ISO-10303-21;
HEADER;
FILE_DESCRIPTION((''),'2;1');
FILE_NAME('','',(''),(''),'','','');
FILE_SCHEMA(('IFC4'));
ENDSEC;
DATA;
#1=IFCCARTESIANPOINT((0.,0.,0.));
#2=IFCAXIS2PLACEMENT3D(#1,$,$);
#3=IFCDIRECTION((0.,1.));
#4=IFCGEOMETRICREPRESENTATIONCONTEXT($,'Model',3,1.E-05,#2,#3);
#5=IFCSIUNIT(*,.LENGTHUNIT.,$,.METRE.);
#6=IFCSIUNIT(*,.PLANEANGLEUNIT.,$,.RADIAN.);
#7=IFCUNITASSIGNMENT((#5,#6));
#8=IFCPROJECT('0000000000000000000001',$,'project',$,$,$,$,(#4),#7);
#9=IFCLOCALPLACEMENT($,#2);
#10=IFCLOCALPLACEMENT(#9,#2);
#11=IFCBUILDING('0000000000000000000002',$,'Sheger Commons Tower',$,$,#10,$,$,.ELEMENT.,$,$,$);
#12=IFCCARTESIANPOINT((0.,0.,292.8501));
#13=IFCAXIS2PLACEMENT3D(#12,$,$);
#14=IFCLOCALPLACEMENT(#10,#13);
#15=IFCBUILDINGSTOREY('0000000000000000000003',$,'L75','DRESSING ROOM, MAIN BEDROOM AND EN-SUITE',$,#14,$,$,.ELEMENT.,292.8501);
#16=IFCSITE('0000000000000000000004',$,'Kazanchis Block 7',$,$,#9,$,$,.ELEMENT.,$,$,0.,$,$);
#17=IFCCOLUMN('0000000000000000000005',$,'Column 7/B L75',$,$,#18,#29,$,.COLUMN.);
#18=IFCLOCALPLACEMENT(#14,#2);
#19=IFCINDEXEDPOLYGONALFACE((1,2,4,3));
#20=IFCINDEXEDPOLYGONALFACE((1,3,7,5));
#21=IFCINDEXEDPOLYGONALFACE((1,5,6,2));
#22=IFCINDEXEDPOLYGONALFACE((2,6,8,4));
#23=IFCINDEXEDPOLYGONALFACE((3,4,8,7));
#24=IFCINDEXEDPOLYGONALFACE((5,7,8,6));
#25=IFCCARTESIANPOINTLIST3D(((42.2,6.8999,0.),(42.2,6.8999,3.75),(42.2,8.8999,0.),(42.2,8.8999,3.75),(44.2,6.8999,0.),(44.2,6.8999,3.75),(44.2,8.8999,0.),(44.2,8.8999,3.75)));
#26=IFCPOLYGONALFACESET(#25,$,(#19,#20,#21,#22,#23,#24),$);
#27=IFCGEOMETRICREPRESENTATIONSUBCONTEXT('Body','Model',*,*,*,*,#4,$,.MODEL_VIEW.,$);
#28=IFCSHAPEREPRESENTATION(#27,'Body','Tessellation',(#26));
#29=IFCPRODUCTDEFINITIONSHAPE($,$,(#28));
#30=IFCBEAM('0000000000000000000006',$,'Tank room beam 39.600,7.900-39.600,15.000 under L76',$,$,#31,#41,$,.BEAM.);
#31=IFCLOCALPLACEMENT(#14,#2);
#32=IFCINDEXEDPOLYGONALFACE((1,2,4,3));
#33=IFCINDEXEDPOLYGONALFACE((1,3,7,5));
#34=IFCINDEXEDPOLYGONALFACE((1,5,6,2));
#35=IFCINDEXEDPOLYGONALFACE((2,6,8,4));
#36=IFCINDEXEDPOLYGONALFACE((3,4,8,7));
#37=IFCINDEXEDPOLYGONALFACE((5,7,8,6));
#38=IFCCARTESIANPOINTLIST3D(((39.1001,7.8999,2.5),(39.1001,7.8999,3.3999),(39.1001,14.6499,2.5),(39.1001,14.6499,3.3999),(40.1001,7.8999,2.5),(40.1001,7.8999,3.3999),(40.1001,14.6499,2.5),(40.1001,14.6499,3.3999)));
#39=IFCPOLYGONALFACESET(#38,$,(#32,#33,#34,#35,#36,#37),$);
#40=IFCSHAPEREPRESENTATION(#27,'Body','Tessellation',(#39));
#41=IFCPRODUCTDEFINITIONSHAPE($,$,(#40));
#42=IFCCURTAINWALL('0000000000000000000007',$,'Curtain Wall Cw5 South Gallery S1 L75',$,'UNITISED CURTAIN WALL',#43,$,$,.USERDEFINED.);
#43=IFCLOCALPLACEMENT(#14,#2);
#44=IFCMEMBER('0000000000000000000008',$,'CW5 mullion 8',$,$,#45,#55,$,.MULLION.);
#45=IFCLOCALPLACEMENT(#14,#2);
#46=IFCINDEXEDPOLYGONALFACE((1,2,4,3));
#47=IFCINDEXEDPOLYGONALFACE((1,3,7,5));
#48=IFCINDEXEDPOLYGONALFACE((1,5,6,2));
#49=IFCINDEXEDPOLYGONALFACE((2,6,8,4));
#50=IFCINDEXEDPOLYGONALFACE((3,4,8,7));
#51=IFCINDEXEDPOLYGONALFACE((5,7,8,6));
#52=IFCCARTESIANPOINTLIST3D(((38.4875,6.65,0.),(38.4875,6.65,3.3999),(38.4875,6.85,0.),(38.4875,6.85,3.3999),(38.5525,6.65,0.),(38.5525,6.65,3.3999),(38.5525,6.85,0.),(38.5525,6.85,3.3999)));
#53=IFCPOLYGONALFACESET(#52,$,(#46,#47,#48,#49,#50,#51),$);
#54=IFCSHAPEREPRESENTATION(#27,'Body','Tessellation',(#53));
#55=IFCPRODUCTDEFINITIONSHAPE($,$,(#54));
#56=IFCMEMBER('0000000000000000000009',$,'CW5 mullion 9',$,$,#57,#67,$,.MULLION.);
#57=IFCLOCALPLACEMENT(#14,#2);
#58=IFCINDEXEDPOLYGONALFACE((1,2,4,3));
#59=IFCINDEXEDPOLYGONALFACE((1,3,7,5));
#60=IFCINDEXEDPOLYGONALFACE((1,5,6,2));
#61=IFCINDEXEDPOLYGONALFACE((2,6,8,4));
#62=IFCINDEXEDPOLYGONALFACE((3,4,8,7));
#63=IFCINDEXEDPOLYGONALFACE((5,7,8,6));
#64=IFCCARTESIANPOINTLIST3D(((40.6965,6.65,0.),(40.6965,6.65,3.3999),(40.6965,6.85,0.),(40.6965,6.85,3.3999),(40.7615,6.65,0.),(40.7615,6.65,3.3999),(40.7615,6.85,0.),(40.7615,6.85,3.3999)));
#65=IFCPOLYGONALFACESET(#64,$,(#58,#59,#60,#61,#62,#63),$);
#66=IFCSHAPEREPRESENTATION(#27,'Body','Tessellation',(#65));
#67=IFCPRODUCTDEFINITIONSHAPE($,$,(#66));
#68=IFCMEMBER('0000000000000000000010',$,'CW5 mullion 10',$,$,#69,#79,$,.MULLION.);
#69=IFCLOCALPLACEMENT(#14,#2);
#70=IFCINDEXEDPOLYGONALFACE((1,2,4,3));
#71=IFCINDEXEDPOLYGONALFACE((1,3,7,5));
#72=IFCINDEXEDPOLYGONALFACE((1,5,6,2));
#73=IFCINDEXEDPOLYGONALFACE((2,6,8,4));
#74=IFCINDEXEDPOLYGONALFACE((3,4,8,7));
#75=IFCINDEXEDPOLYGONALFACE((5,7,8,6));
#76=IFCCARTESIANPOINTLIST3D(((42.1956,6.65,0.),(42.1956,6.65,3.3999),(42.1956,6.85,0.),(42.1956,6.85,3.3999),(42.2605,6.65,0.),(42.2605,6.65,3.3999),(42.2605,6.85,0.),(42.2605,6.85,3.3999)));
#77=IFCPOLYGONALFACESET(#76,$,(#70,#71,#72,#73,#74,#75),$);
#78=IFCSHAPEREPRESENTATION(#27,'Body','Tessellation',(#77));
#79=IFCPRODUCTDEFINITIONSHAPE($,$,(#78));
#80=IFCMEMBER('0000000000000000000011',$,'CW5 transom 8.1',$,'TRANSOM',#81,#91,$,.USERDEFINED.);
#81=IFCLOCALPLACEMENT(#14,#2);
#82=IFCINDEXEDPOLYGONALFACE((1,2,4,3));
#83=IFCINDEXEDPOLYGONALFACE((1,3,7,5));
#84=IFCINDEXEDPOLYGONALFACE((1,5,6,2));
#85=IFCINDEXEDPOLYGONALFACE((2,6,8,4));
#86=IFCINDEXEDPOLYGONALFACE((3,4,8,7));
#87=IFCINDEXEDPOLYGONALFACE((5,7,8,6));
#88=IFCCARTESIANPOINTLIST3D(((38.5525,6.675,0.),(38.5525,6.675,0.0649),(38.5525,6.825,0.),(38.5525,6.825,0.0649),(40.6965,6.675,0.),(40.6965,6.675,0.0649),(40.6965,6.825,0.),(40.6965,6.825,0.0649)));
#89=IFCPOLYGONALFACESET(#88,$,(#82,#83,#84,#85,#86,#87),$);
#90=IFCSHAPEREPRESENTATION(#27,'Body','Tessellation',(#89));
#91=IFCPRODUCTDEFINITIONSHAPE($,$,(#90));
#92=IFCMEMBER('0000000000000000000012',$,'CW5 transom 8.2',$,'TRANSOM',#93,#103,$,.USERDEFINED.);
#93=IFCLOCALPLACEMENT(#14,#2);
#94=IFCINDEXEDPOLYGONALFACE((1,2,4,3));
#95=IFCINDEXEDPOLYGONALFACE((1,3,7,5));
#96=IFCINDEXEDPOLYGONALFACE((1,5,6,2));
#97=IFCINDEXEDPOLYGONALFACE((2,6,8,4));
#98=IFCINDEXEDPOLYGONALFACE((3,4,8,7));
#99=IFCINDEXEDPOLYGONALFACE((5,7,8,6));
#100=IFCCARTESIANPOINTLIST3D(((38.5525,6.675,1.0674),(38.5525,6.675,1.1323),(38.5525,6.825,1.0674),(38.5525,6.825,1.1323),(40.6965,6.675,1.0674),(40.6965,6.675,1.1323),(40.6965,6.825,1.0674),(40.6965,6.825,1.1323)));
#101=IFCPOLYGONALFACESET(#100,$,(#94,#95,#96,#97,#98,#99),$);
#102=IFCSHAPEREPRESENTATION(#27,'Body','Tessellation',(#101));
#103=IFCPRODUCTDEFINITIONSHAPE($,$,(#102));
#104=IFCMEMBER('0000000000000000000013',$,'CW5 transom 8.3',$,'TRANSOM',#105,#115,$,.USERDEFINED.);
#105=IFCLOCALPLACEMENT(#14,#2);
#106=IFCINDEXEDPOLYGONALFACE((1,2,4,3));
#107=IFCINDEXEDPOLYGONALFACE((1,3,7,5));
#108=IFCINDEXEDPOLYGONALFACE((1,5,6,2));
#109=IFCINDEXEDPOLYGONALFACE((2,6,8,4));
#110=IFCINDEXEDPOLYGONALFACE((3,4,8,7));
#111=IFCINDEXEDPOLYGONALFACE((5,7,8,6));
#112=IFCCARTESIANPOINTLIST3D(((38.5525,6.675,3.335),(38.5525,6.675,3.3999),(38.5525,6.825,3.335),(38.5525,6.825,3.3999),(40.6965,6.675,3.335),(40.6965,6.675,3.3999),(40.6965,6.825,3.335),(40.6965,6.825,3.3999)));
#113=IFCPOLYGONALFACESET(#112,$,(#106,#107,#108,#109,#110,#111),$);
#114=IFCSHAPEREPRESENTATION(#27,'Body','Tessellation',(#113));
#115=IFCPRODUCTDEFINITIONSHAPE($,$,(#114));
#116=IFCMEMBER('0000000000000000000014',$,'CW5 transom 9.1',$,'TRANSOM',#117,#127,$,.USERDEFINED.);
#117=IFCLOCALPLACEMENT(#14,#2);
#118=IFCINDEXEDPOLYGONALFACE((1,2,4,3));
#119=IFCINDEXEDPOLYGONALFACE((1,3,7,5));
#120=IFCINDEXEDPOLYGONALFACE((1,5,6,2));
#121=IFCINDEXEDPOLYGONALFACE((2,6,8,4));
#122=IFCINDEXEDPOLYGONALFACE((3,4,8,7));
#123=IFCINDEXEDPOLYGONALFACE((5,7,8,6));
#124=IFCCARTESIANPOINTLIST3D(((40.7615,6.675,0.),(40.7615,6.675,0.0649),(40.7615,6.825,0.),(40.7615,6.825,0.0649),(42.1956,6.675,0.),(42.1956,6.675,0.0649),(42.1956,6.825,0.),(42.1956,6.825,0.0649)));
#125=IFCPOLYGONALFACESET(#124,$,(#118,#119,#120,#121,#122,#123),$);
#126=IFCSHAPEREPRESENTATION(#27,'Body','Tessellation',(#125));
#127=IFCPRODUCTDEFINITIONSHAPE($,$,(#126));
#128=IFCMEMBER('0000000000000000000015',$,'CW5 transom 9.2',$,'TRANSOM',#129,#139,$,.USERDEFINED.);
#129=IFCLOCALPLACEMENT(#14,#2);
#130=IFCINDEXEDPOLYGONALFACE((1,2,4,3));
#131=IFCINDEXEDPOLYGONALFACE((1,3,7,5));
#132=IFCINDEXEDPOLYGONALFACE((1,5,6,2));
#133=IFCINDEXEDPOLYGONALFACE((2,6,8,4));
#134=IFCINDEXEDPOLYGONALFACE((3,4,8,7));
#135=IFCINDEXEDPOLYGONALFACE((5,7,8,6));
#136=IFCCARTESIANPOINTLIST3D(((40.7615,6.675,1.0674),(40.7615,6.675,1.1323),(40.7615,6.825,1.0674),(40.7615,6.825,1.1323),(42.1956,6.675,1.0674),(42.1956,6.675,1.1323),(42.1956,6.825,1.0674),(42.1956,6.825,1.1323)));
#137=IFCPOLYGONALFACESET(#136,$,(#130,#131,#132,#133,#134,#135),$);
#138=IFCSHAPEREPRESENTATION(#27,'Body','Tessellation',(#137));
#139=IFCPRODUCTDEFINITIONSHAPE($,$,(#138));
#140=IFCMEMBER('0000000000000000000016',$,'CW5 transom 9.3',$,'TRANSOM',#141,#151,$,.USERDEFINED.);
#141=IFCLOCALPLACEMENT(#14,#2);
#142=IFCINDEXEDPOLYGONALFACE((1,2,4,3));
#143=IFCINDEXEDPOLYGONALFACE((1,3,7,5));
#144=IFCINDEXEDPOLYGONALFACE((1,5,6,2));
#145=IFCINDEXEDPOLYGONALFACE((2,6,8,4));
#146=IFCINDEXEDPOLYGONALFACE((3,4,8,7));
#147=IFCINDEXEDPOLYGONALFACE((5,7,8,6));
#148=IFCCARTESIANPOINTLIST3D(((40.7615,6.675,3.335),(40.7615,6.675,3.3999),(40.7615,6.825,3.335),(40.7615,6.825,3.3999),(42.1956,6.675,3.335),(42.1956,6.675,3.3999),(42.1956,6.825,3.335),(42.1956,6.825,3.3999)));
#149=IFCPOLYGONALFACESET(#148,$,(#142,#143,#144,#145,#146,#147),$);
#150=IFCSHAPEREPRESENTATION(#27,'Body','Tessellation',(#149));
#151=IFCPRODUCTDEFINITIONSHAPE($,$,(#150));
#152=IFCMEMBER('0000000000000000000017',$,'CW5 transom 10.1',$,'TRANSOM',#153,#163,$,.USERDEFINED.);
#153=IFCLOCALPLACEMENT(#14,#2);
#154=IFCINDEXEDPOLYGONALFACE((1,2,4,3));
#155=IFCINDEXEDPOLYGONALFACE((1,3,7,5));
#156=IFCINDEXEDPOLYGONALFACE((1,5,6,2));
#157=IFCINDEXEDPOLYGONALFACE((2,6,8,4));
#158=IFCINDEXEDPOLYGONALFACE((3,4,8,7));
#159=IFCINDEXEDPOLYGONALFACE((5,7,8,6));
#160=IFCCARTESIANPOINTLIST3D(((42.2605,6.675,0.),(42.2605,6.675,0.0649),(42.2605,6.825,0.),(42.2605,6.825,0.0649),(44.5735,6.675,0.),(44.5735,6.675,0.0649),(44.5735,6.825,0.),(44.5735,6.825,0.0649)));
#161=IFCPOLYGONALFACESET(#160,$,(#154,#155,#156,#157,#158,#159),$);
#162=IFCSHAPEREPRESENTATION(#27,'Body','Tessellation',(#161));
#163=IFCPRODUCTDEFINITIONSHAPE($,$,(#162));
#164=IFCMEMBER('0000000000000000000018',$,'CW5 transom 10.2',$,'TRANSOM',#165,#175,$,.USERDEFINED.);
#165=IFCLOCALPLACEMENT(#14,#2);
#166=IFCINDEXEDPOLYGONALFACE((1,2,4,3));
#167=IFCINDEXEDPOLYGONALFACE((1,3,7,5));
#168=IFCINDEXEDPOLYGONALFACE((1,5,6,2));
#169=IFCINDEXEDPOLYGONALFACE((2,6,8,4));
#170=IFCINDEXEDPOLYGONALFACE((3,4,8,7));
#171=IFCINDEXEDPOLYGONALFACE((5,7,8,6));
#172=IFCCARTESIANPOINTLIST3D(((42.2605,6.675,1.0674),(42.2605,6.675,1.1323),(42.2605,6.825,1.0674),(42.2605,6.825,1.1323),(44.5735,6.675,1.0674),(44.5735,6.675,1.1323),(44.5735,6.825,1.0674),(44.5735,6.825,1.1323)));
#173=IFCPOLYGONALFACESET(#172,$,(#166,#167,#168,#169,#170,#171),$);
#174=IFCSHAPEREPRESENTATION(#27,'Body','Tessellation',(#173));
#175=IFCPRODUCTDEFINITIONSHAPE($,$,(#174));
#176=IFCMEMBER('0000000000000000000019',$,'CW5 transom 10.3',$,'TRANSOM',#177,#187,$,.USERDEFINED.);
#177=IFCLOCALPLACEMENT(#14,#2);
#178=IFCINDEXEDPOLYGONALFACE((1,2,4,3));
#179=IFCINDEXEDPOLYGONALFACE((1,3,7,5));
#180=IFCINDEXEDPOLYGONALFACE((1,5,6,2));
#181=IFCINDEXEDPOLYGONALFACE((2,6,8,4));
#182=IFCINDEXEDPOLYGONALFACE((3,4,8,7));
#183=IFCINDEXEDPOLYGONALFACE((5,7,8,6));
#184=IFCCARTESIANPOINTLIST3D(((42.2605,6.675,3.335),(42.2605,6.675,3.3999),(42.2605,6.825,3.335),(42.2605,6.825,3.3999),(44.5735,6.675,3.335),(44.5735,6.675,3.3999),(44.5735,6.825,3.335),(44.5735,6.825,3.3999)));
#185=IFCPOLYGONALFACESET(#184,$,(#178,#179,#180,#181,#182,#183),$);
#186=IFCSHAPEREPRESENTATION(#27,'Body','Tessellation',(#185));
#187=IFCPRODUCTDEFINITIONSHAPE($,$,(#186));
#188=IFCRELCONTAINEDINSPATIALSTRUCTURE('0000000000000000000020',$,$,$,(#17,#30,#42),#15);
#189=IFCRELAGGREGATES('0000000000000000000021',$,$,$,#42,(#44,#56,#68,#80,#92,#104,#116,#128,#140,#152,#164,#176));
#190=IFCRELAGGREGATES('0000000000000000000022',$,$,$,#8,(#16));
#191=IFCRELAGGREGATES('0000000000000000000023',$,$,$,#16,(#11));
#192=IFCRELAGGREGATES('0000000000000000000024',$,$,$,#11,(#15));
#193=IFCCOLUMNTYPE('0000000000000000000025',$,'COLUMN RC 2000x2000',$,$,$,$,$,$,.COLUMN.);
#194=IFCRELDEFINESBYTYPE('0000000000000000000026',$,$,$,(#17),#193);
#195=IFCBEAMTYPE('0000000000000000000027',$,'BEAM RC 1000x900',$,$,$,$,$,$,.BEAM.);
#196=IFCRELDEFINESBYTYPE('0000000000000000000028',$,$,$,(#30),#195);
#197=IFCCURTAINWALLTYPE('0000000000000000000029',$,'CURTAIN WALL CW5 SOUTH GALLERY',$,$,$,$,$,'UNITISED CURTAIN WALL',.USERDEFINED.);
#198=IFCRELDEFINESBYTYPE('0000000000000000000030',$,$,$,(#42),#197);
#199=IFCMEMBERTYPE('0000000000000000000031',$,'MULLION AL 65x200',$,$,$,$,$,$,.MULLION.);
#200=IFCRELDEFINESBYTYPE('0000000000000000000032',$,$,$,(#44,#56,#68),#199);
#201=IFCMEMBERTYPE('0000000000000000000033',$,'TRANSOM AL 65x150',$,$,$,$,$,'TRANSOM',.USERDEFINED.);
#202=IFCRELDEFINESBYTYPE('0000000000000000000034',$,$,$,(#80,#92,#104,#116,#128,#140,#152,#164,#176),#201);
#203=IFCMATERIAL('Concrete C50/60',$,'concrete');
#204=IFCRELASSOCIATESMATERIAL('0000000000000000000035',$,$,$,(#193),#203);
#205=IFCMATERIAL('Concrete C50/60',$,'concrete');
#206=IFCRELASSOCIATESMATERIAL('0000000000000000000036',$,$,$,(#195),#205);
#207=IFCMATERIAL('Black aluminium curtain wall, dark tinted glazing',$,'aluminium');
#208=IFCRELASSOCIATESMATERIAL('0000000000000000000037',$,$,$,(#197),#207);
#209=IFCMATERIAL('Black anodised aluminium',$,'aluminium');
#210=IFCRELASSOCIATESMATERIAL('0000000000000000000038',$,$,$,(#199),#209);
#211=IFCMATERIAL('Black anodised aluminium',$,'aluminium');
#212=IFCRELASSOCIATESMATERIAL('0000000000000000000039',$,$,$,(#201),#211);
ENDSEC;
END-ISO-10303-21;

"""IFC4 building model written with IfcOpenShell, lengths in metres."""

from ifc_helpers import new_model, si_unit, direction, frame, origin, origin_2d, place, context, subcontext, project, spatial, rectangle, extrude, material, material_profile, profile_set, type_object, element, aggregate, save


model = new_model("IFC4")

# Units and contexts
model_context = context("Model", 3, precision=1e-05, world=origin(), true_north=direction((0.0, 1.0)))
body_context = subcontext(model_context, "Body", "Model", "MODEL_VIEW")
ifc_project = project(units=[si_unit("LENGTHUNIT", "METRE"), si_unit("PLANEANGLEUNIT", "RADIAN")], contexts=[model_context])

# Site, building, storey
site_placement = place(None, origin())
site = spatial("IfcSite", under=ifc_project, at=site_placement, Name="Kazanchis Block 7", CompositionType="ELEMENT", RefElevation=0.0)
building_placement = place(site_placement, origin())
building = spatial("IfcBuilding", under=site, at=building_placement, Name="Sheger Commons Tower", CompositionType="ELEMENT")
storey_placement = place(building_placement, frame((0.0, 0.0, 292.8501)))
storey = spatial("IfcBuildingStorey", under=building, at=storey_placement, Name="L75", Description="DRESSING ROOM, MAIN BEDROOM AND EN-SUITE", CompositionType="ELEMENT", Elevation=292.8501)

# Column
ifc_material_1 = material(Name="Concrete C50/60", Category="concrete")
ifc_material_profile_1 = material_profile(ifc_material_1, rectangle(XDim=2.0, YDim=2.0, at=origin_2d()), Name="RC 2000x2000")
ifc_profile_set_1 = profile_set([ifc_material_profile_1], Name="Concrete C50/60")
column_type = type_object("IfcColumnType", Name="COLUMN RC 2000x2000", PredefinedType="COLUMN", material=ifc_profile_set_1)
column_placement = place(storey_placement, frame((43.2, 7.8999, 0.0), z_axis=(0.0, 0.0, 1.0), x_axis=(1.0, 0.0, 0.0)))
element("IfcColumn", 1, at=column_placement, inside=storey, type_object=column_type, Name="Column 7/B L75", PredefinedType="COLUMN", context=body_context, shape_type="SweptSolid", body=[
    extrude(rectangle(XDim=2.0, YDim=2.0, at=origin_2d()), origin(), (0.0, 0.0, 1.0), 3.75),
])

# Beam
ifc_material_2 = material(Name="Concrete C50/60", Category="concrete")
ifc_material_profile_2 = material_profile(ifc_material_2, rectangle(XDim=1.0, YDim=0.8999, at=origin_2d()), Name="RC 1000x900")
ifc_profile_set_2 = profile_set([ifc_material_profile_2], Name="Concrete C50/60")
beam_type = type_object("IfcBeamType", Name="BEAM RC 1000x900", PredefinedType="BEAM", material=ifc_profile_set_2)
beam_placement = place(storey_placement, frame((39.6001, 7.8999, 2.95), z_axis=(0.0, 1.0, 0.0), x_axis=(-1.0, 0.0, 0.0)))
element("IfcBeam", 2, at=beam_placement, inside=storey, type_object=beam_type, Name="Tank room beam 39.600,7.900-39.600,15.000 under L76", PredefinedType="BEAM", context=body_context, shape_type="SweptSolid", body=[
    extrude(rectangle(XDim=1.0, YDim=0.8999, at=origin_2d()), origin(), (0.0, 0.0, 1.0), 6.75),
])

# Curtain wall, members
ifc_material_3 = material(Name="Black aluminium curtain wall, dark tinted glazing", Category="aluminium")
curtain_wall_type = type_object("IfcCurtainWallType", Name="CURTAIN WALL CW5 SOUTH GALLERY", ElementType="UNITISED CURTAIN WALL", PredefinedType="USERDEFINED", material=ifc_material_3)
curtain_wall_placement = place(storey_placement, origin())
curtain_wall = element("IfcCurtainWall", 3, at=curtain_wall_placement, inside=storey, type_object=curtain_wall_type, Name="Curtain Wall Cw5 South Gallery S1 L75", ObjectType="UNITISED CURTAIN WALL", PredefinedType="USERDEFINED")
ifc_material_4 = material(Name="Black anodised aluminium", Category="aluminium")
ifc_material_profile_3 = material_profile(ifc_material_4, rectangle(XDim=0.2, YDim=0.0649, at=origin_2d()), Name="AL 65x200")
ifc_profile_set_3 = profile_set([ifc_material_profile_3], Name="Black anodised aluminium")
member_type_1 = type_object("IfcMemberType", Name="MULLION AL 65x200", PredefinedType="MULLION", material=ifc_profile_set_3)
member_1_placement = place(storey_placement, frame((38.52, 6.75, 0.0), z_axis=(0.0, 0.0, 1.0), x_axis=(0.0, 1.0, 0.0)))
member_1 = element("IfcMember", 4, at=member_1_placement, type_object=member_type_1, Name="CW5 mullion 8", PredefinedType="MULLION", context=body_context, shape_type="SweptSolid", body=[
    extrude(rectangle(XDim=0.2, YDim=0.0649, at=origin_2d()), origin(), (0.0, 0.0, 1.0), 3.3999),
])
member_2_placement = place(storey_placement, frame((40.729, 6.75, 0.0), z_axis=(0.0, 0.0, 1.0), x_axis=(0.0, 1.0, 0.0)))
member_2 = element("IfcMember", 5, at=member_2_placement, type_object=member_type_1, Name="CW5 mullion 9", PredefinedType="MULLION", context=body_context, shape_type="SweptSolid", body=[
    extrude(rectangle(XDim=0.2, YDim=0.0649, at=origin_2d()), origin(), (0.0, 0.0, 1.0), 3.3999),
])
member_3_placement = place(storey_placement, frame((42.228, 6.75, 0.0), z_axis=(0.0, 0.0, 1.0), x_axis=(0.0, 1.0, 0.0)))
member_3 = element("IfcMember", 6, at=member_3_placement, type_object=member_type_1, Name="CW5 mullion 10", PredefinedType="MULLION", context=body_context, shape_type="SweptSolid", body=[
    extrude(rectangle(XDim=0.2, YDim=0.0649, at=origin_2d()), origin(), (0.0, 0.0, 1.0), 3.3999),
])
ifc_material_5 = material(Name="Black anodised aluminium", Category="aluminium")
ifc_material_profile_4 = material_profile(ifc_material_5, rectangle(XDim=0.1499, YDim=0.0649, at=origin_2d()), Name="AL 65x150")
ifc_profile_set_4 = profile_set([ifc_material_profile_4], Name="Black anodised aluminium")
member_type_2 = type_object("IfcMemberType", Name="TRANSOM AL 65x150", ElementType="TRANSOM", PredefinedType="USERDEFINED", material=ifc_profile_set_4)
member_4_placement = place(storey_placement, frame((38.5525, 6.75, 0.0325), z_axis=(1.0, 0.0, 0.0), x_axis=(0.0, 1.0, 0.0)))
member_4 = element("IfcMember", 7, at=member_4_placement, type_object=member_type_2, Name="CW5 transom 8.1", ObjectType="TRANSOM", PredefinedType="USERDEFINED", context=body_context, shape_type="SweptSolid", body=[
    extrude(rectangle(XDim=0.1499, YDim=0.0649, at=origin_2d()), origin(), (0.0, 0.0, 1.0), 2.144),
])
member_5_placement = place(storey_placement, frame((38.5525, 6.75, 1.0999), z_axis=(1.0, 0.0, 0.0), x_axis=(0.0, 1.0, 0.0)))
member_5 = element("IfcMember", 8, at=member_5_placement, type_object=member_type_2, Name="CW5 transom 8.2", ObjectType="TRANSOM", PredefinedType="USERDEFINED", context=body_context, shape_type="SweptSolid", body=[
    extrude(rectangle(XDim=0.1499, YDim=0.0649, at=origin_2d()), origin(), (0.0, 0.0, 1.0), 2.144),
])
member_6_placement = place(storey_placement, frame((38.5525, 6.75, 3.3674), z_axis=(1.0, 0.0, 0.0), x_axis=(0.0, 1.0, 0.0)))
member_6 = element("IfcMember", 9, at=member_6_placement, type_object=member_type_2, Name="CW5 transom 8.3", ObjectType="TRANSOM", PredefinedType="USERDEFINED", context=body_context, shape_type="SweptSolid", body=[
    extrude(rectangle(XDim=0.1499, YDim=0.0649, at=origin_2d()), origin(), (0.0, 0.0, 1.0), 2.144),
])
member_7_placement = place(storey_placement, frame((40.7615, 6.75, 0.0325), z_axis=(1.0, 0.0, 0.0), x_axis=(0.0, 1.0, 0.0)))
member_7 = element("IfcMember", 10, at=member_7_placement, type_object=member_type_2, Name="CW5 transom 9.1", ObjectType="TRANSOM", PredefinedType="USERDEFINED", context=body_context, shape_type="SweptSolid", body=[
    extrude(rectangle(XDim=0.1499, YDim=0.0649, at=origin_2d()), origin(), (0.0, 0.0, 1.0), 1.4341),
])
member_8_placement = place(storey_placement, frame((40.7615, 6.75, 1.0999), z_axis=(1.0, 0.0, 0.0), x_axis=(0.0, 1.0, 0.0)))
member_8 = element("IfcMember", 11, at=member_8_placement, type_object=member_type_2, Name="CW5 transom 9.2", ObjectType="TRANSOM", PredefinedType="USERDEFINED", context=body_context, shape_type="SweptSolid", body=[
    extrude(rectangle(XDim=0.1499, YDim=0.0649, at=origin_2d()), origin(), (0.0, 0.0, 1.0), 1.4341),
])
member_9_placement = place(storey_placement, frame((40.7615, 6.75, 3.3674), z_axis=(1.0, 0.0, 0.0), x_axis=(0.0, 1.0, 0.0)))
member_9 = element("IfcMember", 12, at=member_9_placement, type_object=member_type_2, Name="CW5 transom 9.3", ObjectType="TRANSOM", PredefinedType="USERDEFINED", context=body_context, shape_type="SweptSolid", body=[
    extrude(rectangle(XDim=0.1499, YDim=0.0649, at=origin_2d()), origin(), (0.0, 0.0, 1.0), 1.4341),
])
member_10_placement = place(storey_placement, frame((42.2605, 6.75, 0.0325), z_axis=(1.0, 0.0, 0.0), x_axis=(0.0, 1.0, 0.0)))
member_10 = element("IfcMember", 13, at=member_10_placement, type_object=member_type_2, Name="CW5 transom 10.1", ObjectType="TRANSOM", PredefinedType="USERDEFINED", context=body_context, shape_type="SweptSolid", body=[
    extrude(rectangle(XDim=0.1499, YDim=0.0649, at=origin_2d()), origin(), (0.0, 0.0, 1.0), 2.313),
])
member_11_placement = place(storey_placement, frame((42.2605, 6.75, 1.0999), z_axis=(1.0, 0.0, 0.0), x_axis=(0.0, 1.0, 0.0)))
member_11 = element("IfcMember", 14, at=member_11_placement, type_object=member_type_2, Name="CW5 transom 10.2", ObjectType="TRANSOM", PredefinedType="USERDEFINED", context=body_context, shape_type="SweptSolid", body=[
    extrude(rectangle(XDim=0.1499, YDim=0.0649, at=origin_2d()), origin(), (0.0, 0.0, 1.0), 2.313),
])
member_12_placement = place(storey_placement, frame((42.2605, 6.75, 3.3674), z_axis=(1.0, 0.0, 0.0), x_axis=(0.0, 1.0, 0.0)))
member_12 = element("IfcMember", 15, at=member_12_placement, type_object=member_type_2, Name="CW5 transom 10.3", ObjectType="TRANSOM", PredefinedType="USERDEFINED", context=body_context, shape_type="SweptSolid", body=[
    extrude(rectangle(XDim=0.1499, YDim=0.0649, at=origin_2d()), origin(), (0.0, 0.0, 1.0), 2.313),
])
aggregate(curtain_wall, [member_1, member_2, member_3, member_4, member_5, member_6, member_7, member_8, member_9, member_10, member_11, member_12])

save(model, "model.ifc")
